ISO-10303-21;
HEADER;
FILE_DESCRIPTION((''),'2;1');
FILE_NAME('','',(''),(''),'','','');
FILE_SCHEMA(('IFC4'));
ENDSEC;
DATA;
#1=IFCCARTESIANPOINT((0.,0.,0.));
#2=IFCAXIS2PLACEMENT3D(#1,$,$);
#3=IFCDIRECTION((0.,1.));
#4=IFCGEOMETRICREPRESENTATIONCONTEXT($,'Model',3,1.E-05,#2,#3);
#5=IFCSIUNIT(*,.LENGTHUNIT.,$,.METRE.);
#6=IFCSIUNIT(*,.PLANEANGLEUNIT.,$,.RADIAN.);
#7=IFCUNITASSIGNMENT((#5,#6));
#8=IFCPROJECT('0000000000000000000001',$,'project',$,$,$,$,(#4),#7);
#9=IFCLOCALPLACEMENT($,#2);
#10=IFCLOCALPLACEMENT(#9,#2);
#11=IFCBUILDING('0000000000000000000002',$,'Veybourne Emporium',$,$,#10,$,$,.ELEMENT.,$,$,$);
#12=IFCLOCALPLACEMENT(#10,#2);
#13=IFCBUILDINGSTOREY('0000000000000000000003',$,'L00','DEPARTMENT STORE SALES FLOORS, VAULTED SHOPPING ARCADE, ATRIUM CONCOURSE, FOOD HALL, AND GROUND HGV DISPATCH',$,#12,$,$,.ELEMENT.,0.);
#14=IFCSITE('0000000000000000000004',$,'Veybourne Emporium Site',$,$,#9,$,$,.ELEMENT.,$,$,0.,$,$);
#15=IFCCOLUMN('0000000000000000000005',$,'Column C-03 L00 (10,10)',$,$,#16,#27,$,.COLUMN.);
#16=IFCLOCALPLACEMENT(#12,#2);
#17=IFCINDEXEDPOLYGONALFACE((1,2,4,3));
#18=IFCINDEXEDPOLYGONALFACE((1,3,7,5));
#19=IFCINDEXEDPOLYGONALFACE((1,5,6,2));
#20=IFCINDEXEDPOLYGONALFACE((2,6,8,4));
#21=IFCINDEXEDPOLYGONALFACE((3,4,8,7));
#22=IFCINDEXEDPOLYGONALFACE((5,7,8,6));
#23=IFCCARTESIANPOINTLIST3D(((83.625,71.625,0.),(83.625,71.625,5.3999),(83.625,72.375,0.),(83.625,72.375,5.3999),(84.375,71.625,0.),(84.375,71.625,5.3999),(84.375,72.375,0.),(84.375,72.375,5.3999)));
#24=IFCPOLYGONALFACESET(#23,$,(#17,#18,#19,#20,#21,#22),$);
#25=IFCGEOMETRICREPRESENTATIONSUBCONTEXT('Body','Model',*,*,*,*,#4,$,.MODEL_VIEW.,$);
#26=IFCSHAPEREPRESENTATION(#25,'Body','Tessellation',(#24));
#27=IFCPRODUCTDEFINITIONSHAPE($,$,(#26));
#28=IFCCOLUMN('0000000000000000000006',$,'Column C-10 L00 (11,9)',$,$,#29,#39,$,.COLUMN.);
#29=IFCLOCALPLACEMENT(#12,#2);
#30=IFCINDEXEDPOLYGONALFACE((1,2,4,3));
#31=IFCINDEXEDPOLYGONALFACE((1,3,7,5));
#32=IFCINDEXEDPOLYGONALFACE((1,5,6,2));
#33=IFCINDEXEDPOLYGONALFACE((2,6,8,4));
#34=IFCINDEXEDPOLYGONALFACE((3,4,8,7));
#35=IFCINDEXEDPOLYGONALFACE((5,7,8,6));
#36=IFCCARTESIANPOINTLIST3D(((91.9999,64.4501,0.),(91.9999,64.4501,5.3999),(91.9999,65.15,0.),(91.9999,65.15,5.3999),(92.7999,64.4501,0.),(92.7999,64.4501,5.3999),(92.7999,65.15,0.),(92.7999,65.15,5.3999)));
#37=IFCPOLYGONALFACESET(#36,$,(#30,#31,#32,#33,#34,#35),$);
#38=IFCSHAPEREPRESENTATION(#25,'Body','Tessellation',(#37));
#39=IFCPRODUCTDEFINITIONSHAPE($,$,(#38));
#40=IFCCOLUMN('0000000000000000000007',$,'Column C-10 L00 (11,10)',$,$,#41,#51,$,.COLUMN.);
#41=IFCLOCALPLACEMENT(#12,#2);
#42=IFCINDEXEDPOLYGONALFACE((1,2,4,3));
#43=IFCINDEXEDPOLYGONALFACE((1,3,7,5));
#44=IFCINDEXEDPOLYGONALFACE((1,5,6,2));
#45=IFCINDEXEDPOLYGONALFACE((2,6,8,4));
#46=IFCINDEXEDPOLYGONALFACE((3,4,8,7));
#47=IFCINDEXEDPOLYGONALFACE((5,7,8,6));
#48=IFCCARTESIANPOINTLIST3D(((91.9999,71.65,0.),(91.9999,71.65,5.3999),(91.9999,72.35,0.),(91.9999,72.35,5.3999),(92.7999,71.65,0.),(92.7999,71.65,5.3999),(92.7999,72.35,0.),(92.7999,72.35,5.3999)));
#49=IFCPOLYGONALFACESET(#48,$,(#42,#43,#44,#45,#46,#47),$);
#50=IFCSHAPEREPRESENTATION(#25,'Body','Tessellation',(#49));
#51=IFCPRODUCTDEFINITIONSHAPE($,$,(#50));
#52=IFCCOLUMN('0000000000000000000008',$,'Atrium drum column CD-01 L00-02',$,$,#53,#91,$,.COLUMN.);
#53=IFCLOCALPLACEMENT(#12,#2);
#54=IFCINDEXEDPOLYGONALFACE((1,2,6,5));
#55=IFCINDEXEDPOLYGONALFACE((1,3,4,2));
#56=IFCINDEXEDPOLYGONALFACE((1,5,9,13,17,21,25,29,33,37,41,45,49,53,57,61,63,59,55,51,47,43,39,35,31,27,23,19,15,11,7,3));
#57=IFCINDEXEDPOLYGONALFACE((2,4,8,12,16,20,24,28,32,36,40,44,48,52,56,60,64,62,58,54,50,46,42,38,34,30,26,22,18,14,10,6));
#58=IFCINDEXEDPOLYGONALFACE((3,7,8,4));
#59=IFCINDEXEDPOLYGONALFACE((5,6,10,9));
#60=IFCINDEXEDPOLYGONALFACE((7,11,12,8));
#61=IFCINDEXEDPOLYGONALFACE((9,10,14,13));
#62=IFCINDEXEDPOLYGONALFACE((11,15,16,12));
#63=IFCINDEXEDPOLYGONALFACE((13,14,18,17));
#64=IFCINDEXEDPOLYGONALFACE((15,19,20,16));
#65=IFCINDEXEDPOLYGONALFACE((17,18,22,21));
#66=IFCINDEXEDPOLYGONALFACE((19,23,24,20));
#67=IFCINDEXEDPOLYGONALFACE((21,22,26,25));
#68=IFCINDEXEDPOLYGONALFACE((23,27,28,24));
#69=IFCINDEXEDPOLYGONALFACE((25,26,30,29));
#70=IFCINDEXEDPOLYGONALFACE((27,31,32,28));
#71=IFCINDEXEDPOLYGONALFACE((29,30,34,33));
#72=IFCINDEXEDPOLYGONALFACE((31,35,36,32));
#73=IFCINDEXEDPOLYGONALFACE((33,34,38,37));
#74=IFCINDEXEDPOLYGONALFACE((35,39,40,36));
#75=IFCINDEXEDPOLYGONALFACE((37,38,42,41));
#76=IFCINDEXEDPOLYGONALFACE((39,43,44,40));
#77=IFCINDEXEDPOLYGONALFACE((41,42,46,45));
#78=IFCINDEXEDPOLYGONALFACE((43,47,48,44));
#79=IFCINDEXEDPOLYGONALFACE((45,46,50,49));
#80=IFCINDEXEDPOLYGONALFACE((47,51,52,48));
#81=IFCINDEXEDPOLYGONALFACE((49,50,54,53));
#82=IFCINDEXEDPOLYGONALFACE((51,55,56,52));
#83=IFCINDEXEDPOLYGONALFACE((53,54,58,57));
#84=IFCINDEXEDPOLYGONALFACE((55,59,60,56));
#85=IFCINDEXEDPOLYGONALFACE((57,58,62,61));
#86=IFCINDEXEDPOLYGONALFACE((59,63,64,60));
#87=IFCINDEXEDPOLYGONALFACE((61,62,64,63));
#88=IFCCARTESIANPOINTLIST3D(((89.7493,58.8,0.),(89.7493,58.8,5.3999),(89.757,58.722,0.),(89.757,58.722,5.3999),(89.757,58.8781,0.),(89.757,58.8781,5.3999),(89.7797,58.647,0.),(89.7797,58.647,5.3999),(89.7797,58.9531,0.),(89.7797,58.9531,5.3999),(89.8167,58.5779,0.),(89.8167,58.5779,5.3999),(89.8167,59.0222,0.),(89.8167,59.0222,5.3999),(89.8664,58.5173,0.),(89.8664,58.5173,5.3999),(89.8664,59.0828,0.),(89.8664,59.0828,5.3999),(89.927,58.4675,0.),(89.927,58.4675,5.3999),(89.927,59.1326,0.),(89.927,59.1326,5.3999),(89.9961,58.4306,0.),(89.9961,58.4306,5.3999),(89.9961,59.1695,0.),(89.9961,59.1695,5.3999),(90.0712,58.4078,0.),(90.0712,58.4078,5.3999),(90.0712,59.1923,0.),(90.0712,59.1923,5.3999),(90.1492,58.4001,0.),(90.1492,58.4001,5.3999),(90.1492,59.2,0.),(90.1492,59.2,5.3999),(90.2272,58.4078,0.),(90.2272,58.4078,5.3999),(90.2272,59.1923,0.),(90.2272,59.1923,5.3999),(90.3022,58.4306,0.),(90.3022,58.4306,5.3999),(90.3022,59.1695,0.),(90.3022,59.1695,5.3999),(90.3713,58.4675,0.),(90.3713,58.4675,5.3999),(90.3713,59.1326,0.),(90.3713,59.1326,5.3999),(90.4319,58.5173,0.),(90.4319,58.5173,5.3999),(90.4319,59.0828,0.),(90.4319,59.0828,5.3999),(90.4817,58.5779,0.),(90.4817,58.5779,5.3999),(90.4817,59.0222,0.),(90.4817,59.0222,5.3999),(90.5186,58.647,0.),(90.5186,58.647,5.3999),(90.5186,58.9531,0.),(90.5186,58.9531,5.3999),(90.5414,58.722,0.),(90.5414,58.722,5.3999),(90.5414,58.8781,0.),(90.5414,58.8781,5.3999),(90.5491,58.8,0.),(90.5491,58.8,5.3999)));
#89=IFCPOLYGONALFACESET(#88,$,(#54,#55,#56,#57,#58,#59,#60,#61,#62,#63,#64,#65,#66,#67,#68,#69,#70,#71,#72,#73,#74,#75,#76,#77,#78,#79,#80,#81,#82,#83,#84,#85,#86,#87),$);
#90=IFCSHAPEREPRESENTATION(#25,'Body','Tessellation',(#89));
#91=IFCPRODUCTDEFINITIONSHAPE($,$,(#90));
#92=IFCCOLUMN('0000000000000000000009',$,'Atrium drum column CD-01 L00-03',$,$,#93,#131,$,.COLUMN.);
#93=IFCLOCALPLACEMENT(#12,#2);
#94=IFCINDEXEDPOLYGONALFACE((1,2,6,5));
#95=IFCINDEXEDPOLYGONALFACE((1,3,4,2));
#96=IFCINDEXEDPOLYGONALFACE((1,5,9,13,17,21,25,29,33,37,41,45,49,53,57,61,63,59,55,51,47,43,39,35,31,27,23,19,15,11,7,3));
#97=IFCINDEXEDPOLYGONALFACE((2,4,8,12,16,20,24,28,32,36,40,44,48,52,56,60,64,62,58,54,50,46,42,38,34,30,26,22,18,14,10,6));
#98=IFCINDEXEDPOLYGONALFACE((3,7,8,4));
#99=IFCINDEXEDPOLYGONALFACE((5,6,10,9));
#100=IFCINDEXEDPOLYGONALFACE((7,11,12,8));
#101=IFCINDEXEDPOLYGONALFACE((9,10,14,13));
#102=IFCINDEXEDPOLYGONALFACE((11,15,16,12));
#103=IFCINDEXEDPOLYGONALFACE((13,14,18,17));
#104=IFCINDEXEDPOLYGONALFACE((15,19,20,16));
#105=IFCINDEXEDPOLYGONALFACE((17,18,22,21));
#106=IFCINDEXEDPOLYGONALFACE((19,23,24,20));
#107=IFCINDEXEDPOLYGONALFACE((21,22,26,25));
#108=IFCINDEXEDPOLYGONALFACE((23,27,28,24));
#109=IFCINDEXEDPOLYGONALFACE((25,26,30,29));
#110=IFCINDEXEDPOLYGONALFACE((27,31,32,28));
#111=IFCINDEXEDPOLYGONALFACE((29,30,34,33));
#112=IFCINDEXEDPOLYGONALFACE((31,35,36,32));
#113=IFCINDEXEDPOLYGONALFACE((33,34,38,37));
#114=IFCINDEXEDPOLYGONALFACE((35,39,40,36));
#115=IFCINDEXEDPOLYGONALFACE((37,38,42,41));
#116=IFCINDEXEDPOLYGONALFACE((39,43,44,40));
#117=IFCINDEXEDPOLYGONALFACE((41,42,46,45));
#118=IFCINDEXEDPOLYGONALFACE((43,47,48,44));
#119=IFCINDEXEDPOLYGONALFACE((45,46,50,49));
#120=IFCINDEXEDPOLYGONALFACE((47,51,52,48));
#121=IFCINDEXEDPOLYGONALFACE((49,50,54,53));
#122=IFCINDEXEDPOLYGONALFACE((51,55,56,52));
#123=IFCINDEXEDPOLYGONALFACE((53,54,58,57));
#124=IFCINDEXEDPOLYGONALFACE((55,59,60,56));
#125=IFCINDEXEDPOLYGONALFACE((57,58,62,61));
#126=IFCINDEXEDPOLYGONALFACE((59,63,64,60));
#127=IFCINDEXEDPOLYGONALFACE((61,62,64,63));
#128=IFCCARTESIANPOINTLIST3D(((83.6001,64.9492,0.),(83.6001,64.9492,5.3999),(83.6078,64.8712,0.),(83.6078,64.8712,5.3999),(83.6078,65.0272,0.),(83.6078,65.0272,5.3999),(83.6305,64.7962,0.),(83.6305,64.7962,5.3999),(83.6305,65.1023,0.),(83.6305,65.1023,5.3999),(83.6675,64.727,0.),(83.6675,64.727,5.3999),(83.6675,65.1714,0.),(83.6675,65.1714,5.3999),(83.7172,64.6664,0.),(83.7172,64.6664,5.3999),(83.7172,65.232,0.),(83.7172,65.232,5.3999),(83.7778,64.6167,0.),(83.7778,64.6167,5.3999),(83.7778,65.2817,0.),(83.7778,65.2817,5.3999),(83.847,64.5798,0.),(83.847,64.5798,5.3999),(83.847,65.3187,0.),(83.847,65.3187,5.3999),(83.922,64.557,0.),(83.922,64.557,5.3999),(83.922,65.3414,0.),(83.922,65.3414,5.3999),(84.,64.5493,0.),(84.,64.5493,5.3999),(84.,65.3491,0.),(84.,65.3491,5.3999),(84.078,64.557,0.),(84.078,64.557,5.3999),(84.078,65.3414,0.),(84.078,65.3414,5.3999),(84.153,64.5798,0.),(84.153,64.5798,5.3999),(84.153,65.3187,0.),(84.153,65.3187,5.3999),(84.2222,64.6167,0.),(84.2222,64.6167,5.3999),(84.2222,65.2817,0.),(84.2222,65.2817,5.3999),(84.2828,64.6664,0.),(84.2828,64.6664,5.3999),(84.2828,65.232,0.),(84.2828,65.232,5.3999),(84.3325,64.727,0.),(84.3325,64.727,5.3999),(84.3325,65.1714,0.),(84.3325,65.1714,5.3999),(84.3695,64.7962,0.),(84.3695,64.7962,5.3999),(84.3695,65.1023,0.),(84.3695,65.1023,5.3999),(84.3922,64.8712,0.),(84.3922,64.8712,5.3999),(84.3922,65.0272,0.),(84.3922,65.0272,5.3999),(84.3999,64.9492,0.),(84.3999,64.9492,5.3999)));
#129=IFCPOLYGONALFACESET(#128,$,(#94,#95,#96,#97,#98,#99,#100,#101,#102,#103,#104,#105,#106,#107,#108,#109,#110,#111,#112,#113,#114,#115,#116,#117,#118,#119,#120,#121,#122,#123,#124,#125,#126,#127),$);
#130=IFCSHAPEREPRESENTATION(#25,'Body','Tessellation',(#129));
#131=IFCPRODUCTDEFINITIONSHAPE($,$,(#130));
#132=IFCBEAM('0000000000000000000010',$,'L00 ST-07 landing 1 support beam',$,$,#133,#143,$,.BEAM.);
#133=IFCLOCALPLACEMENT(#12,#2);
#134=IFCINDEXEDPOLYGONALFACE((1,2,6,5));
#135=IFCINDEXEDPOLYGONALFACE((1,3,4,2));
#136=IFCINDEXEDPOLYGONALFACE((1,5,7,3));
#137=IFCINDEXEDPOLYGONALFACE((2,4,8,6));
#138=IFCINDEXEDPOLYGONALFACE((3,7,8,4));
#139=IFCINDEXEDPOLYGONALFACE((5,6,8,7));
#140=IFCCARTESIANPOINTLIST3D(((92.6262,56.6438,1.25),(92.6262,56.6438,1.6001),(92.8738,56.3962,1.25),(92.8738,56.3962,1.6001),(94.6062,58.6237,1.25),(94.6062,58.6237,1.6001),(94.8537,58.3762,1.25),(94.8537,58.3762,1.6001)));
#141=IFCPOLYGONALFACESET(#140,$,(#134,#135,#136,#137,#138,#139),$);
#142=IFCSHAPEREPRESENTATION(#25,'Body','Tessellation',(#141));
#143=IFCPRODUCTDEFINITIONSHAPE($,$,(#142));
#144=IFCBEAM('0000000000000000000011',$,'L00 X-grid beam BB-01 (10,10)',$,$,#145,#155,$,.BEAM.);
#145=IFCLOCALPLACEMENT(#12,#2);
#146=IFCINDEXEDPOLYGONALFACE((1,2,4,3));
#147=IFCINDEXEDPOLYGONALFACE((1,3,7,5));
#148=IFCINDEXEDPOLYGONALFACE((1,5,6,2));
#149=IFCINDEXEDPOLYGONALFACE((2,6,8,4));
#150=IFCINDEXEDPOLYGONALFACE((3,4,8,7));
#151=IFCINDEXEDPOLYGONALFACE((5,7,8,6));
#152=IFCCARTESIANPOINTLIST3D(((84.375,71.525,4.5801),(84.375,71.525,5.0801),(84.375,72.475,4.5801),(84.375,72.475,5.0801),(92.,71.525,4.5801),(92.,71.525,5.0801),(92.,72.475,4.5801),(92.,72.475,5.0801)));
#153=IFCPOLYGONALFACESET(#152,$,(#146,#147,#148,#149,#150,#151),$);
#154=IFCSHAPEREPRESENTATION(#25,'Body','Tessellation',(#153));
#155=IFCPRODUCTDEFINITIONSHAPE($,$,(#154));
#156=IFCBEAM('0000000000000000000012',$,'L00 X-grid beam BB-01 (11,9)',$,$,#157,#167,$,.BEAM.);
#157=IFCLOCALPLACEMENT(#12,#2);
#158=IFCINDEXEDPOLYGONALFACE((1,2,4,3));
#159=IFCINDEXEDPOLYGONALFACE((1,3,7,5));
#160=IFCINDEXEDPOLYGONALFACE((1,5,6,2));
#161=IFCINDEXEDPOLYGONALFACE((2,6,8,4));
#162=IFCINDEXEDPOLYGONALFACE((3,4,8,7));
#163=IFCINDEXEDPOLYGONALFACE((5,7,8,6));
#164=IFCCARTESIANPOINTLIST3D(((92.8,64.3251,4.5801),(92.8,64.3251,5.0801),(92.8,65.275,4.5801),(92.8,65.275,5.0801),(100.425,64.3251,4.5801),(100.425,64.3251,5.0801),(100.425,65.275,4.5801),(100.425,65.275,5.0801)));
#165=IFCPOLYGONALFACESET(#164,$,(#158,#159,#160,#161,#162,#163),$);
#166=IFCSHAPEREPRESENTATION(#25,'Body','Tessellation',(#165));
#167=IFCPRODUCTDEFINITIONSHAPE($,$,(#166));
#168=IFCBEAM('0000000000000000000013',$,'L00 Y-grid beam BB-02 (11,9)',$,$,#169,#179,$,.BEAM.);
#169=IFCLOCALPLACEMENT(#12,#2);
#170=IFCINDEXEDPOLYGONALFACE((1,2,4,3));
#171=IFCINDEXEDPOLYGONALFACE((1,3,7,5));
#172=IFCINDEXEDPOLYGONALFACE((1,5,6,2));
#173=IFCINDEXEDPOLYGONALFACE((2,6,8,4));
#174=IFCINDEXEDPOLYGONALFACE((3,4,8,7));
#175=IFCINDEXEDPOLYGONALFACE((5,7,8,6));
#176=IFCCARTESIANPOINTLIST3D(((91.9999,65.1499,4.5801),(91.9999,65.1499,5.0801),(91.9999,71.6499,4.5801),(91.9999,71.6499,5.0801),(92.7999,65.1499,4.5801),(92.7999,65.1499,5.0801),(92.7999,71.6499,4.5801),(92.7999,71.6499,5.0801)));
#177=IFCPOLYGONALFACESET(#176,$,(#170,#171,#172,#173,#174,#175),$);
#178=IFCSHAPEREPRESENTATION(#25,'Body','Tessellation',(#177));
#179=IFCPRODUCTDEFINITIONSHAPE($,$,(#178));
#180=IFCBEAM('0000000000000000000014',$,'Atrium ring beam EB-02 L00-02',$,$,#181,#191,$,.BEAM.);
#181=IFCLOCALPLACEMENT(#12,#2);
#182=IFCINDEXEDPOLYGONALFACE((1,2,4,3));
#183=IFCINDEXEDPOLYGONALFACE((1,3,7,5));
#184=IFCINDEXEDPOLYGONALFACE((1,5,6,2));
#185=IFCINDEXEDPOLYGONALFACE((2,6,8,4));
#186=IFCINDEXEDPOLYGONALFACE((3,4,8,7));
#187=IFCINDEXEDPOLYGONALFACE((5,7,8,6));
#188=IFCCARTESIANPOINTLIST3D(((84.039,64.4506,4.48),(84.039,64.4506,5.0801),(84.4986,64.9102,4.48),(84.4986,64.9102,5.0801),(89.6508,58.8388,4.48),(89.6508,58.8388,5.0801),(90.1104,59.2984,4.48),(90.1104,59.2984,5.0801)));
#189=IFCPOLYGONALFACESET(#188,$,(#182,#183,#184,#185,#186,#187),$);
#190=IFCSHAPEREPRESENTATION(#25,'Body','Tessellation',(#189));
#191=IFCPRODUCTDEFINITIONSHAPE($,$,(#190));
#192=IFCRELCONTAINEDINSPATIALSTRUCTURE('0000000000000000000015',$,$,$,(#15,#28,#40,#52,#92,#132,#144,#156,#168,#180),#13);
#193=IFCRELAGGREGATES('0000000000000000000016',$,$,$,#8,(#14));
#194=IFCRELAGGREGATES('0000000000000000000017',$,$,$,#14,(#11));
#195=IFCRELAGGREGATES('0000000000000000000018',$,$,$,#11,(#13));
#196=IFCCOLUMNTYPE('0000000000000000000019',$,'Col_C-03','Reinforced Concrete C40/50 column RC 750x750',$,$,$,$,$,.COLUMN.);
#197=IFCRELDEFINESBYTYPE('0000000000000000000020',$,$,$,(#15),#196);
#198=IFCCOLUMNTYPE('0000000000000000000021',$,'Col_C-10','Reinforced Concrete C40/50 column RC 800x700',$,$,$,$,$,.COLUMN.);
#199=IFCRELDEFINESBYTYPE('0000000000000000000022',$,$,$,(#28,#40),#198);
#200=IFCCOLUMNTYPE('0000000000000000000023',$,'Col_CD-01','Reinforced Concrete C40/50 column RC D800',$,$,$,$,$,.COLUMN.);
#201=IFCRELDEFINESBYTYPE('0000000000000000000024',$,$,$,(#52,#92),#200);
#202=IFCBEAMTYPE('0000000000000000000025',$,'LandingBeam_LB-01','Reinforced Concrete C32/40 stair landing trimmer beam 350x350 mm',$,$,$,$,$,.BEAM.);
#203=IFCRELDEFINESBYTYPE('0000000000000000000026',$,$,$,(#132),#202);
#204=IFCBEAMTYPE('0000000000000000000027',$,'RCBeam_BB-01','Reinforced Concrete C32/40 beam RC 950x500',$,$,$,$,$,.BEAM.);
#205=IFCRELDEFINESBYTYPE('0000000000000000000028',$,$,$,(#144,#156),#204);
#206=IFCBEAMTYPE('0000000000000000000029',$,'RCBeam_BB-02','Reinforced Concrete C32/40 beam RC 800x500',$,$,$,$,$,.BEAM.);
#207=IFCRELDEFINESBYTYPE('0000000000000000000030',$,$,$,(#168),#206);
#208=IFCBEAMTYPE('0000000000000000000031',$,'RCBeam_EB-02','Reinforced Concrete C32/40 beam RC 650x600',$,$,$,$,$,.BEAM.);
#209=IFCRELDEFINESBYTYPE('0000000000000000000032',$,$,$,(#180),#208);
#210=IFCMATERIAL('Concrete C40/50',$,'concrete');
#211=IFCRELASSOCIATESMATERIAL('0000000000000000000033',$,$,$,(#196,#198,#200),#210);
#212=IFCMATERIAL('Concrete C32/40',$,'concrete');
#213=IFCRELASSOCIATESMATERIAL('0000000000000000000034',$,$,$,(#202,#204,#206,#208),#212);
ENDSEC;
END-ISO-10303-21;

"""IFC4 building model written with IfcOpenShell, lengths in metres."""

from ifc_helpers import new_model, si_unit, direction, frame, origin, origin_2d, place, context, subcontext, project, spatial, rectangle, circle, extrude, material, material_profile, profile_set, type_object, element, save


model = new_model("IFC4")

# Units and contexts
model_context = context("Model", 3, precision=1e-05, world=origin(), true_north=direction((0.0, 1.0)))
body_context = subcontext(model_context, "Body", "Model", "MODEL_VIEW")
ifc_project = project(units=[si_unit("LENGTHUNIT", "METRE"), si_unit("PLANEANGLEUNIT", "RADIAN")], contexts=[model_context])

# Site, building, storey
site_placement = place(None, origin())
site = spatial("IfcSite", under=ifc_project, at=site_placement, Name="Veybourne Emporium Site", CompositionType="ELEMENT", RefElevation=0.0)
building_placement = place(site_placement, origin())
building = spatial("IfcBuilding", under=site, at=building_placement, Name="Veybourne Emporium", CompositionType="ELEMENT")
storey_placement = place(building_placement, origin())
storey = spatial("IfcBuildingStorey", under=building, at=storey_placement, Name="L00", Description="DEPARTMENT STORE SALES FLOORS, VAULTED SHOPPING ARCADE, ATRIUM CONCOURSE, FOOD HALL, AND GROUND HGV DISPATCH", CompositionType="ELEMENT", Elevation=0.0)

# Columns
ifc_material_1 = material(Name="Concrete C40/50", Category="concrete")
ifc_material_profile_1 = material_profile(ifc_material_1, rectangle(XDim=0.75, YDim=0.75, at=origin_2d()), Name="RC 750x750")
ifc_profile_set_1 = profile_set([ifc_material_profile_1], Name="Concrete C40/50")
column_type_1 = type_object("IfcColumnType", Name="Col_C-03", Description="Reinforced Concrete C40/50 column RC 750x750", PredefinedType="COLUMN", material=ifc_profile_set_1)
column_placement = place(storey_placement, frame((84.0, 72.0, 0.0), z_axis=(0.0, 0.0, 1.0), x_axis=(1.0, 0.0, 0.0)))
element("IfcColumn", 1, at=column_placement, inside=storey, type_object=column_type_1, Name="Column C-03 L00 (10,10)", PredefinedType="COLUMN", context=body_context, shape_type="SweptSolid", body=[
    extrude(rectangle(XDim=0.75, YDim=0.75, at=origin_2d()), origin(), (0.0, 0.0, 1.0), 5.3999),
])
ifc_material_profile_2 = material_profile(ifc_material_1, rectangle(XDim=0.8, YDim=0.7, at=origin_2d()), Name="RC 800x700")
ifc_profile_set_2 = profile_set([ifc_material_profile_2], Name="Concrete C40/50")
column_type_2 = type_object("IfcColumnType", Name="Col_C-10", Description="Reinforced Concrete C40/50 column RC 800x700", PredefinedType="COLUMN", material=ifc_profile_set_2)
for number, where, z_axis, x_axis, name in (
    (2, (92.3999, 64.8, 0.0), (0.0, 0.0, 1.0), (1.0, 0.0, 0.0), "Column C-10 L00 (11,9)"),
    (3, (92.3999, 72.0, 0.0), (0.0, 0.0, 1.0), (1.0, 0.0, 0.0), "Column C-10 L00 (11,10)"),
):
    element("IfcColumn", number, at=place(storey_placement, frame(where, z_axis=z_axis, x_axis=x_axis)), inside=storey, type_object=column_type_2, Name=name, PredefinedType="COLUMN", context=body_context, shape_type="SweptSolid", body=[
        extrude(rectangle(XDim=0.8, YDim=0.7, at=origin_2d()), origin(), (0.0, 0.0, 1.0), 5.3999),
    ])
ifc_material_profile_3 = material_profile(ifc_material_1, circle(Radius=0.3999, at=origin_2d()), Name="RC D800")
ifc_profile_set_3 = profile_set([ifc_material_profile_3], Name="Concrete C40/50")
column_type_3 = type_object("IfcColumnType", Name="Col_CD-01", Description="Reinforced Concrete C40/50 column RC D800", PredefinedType="COLUMN", material=ifc_profile_set_3)
for number, where, z_axis, x_axis, name in (
    (4, (90.1492, 58.8, 0.0), (0.0, 0.0, 1.0), (1.0, 0.0, 0.0), "Atrium drum column CD-01 L00-02"),
    (5, (84.0, 64.9492, 0.0), (0.0, 0.0, 1.0), (1.0, 0.0, 0.0), "Atrium drum column CD-01 L00-03"),
):
    element("IfcColumn", number, at=place(storey_placement, frame(where, z_axis=z_axis, x_axis=x_axis)), inside=storey, type_object=column_type_3, Name=name, PredefinedType="COLUMN", context=body_context, shape_type="SweptSolid", body=[
        extrude(circle(Radius=0.3999, at=origin_2d()), origin(), (0.0, 0.0, 1.0), 5.3999),
    ])

# Beams
ifc_material_2 = material(Name="Concrete C32/40", Category="concrete")
ifc_material_profile_4 = material_profile(ifc_material_2, rectangle(XDim=0.3501, YDim=0.3501, at=origin_2d()), Name="RC 350x350")
ifc_profile_set_4 = profile_set([ifc_material_profile_4], Name="Concrete C32/40")
beam_type_1 = type_object("IfcBeamType", Name="LandingBeam_LB-01", Description="Reinforced Concrete C32/40 stair landing trimmer beam 350x350 mm", PredefinedType="BEAM", material=ifc_profile_set_4)
beam_1_placement = place(storey_placement, frame((92.75, 56.52, 1.425), z_axis=(0.707107, 0.707107, 0.0), x_axis=(-0.707107, 0.707107, 0.0)))
element("IfcBeam", 6, at=beam_1_placement, inside=storey, type_object=beam_type_1, Name="L00 ST-07 landing 1 support beam", PredefinedType="BEAM", context=body_context, shape_type="SweptSolid", body=[
    extrude(rectangle(XDim=0.3501, YDim=0.3501, at=origin_2d()), origin(), (0.0, 0.0, 1.0), 2.8),
])
ifc_material_profile_5 = material_profile(ifc_material_2, rectangle(XDim=0.95, YDim=0.5, at=origin_2d()), Name="RC 950x500")
ifc_profile_set_5 = profile_set([ifc_material_profile_5], Name="Concrete C32/40")
beam_type_2 = type_object("IfcBeamType", Name="RCBeam_BB-01", Description="Reinforced Concrete C32/40 beam RC 950x500", PredefinedType="BEAM", material=ifc_profile_set_5)
for number, where, z_axis, x_axis, name in (
    (7, (84.375, 72.0, 4.8301), (1.0, 0.0, 0.0), (0.0, 1.0, 0.0), "L00 X-grid beam BB-01 (10,10)"),
    (8, (92.8, 64.8, 4.8301), (1.0, 0.0, 0.0), (0.0, 1.0, 0.0), "L00 X-grid beam BB-01 (11,9)"),
):
    element("IfcBeam", number, at=place(storey_placement, frame(where, z_axis=z_axis, x_axis=x_axis)), inside=storey, type_object=beam_type_2, Name=name, PredefinedType="BEAM", context=body_context, shape_type="SweptSolid", body=[
        extrude(rectangle(XDim=0.95, YDim=0.5, at=origin_2d()), origin(), (0.0, 0.0, 1.0), 7.625),
    ])
ifc_material_profile_6 = material_profile(ifc_material_2, rectangle(XDim=0.8, YDim=0.5, at=origin_2d()), Name="RC 800x500")
ifc_profile_set_6 = profile_set([ifc_material_profile_6], Name="Concrete C32/40")
beam_type_3 = type_object("IfcBeamType", Name="RCBeam_BB-02", Description="Reinforced Concrete C32/40 beam RC 800x500", PredefinedType="BEAM", material=ifc_profile_set_6)
beam_2_placement = place(storey_placement, frame((92.3999, 65.1499, 4.8301), z_axis=(0.0, 1.0, 0.0), x_axis=(-1.0, 0.0, 0.0)))
element("IfcBeam", 9, at=beam_2_placement, inside=storey, type_object=beam_type_3, Name="L00 Y-grid beam BB-02 (11,9)", PredefinedType="BEAM", context=body_context, shape_type="SweptSolid", body=[
    extrude(rectangle(XDim=0.8, YDim=0.5, at=origin_2d()), origin(), (0.0, 0.0, 1.0), 6.5),
])
ifc_material_profile_7 = material_profile(ifc_material_2, rectangle(XDim=0.6499, YDim=0.6001, at=origin_2d()), Name="RC 650x600")
ifc_profile_set_7 = profile_set([ifc_material_profile_7], Name="Concrete C32/40")
beam_type_4 = type_object("IfcBeamType", Name="RCBeam_EB-02", Description="Reinforced Concrete C32/40 beam RC 650x600", PredefinedType="BEAM", material=ifc_profile_set_7)
beam_3_placement = place(storey_placement, frame((89.8806, 59.0686, 4.78), z_axis=(-0.707107, 0.707107, 0.0), x_axis=(-0.707107, -0.707107, 0.0)))
element("IfcBeam", 10, at=beam_3_placement, inside=storey, type_object=beam_type_4, Name="Atrium ring beam EB-02 L00-02", PredefinedType="BEAM", context=body_context, shape_type="SweptSolid", body=[
    extrude(rectangle(XDim=0.6499, YDim=0.6001, at=origin_2d()), origin(), (0.0, 0.0, 1.0), 7.9363),
])

save(model, "model.ifc")
